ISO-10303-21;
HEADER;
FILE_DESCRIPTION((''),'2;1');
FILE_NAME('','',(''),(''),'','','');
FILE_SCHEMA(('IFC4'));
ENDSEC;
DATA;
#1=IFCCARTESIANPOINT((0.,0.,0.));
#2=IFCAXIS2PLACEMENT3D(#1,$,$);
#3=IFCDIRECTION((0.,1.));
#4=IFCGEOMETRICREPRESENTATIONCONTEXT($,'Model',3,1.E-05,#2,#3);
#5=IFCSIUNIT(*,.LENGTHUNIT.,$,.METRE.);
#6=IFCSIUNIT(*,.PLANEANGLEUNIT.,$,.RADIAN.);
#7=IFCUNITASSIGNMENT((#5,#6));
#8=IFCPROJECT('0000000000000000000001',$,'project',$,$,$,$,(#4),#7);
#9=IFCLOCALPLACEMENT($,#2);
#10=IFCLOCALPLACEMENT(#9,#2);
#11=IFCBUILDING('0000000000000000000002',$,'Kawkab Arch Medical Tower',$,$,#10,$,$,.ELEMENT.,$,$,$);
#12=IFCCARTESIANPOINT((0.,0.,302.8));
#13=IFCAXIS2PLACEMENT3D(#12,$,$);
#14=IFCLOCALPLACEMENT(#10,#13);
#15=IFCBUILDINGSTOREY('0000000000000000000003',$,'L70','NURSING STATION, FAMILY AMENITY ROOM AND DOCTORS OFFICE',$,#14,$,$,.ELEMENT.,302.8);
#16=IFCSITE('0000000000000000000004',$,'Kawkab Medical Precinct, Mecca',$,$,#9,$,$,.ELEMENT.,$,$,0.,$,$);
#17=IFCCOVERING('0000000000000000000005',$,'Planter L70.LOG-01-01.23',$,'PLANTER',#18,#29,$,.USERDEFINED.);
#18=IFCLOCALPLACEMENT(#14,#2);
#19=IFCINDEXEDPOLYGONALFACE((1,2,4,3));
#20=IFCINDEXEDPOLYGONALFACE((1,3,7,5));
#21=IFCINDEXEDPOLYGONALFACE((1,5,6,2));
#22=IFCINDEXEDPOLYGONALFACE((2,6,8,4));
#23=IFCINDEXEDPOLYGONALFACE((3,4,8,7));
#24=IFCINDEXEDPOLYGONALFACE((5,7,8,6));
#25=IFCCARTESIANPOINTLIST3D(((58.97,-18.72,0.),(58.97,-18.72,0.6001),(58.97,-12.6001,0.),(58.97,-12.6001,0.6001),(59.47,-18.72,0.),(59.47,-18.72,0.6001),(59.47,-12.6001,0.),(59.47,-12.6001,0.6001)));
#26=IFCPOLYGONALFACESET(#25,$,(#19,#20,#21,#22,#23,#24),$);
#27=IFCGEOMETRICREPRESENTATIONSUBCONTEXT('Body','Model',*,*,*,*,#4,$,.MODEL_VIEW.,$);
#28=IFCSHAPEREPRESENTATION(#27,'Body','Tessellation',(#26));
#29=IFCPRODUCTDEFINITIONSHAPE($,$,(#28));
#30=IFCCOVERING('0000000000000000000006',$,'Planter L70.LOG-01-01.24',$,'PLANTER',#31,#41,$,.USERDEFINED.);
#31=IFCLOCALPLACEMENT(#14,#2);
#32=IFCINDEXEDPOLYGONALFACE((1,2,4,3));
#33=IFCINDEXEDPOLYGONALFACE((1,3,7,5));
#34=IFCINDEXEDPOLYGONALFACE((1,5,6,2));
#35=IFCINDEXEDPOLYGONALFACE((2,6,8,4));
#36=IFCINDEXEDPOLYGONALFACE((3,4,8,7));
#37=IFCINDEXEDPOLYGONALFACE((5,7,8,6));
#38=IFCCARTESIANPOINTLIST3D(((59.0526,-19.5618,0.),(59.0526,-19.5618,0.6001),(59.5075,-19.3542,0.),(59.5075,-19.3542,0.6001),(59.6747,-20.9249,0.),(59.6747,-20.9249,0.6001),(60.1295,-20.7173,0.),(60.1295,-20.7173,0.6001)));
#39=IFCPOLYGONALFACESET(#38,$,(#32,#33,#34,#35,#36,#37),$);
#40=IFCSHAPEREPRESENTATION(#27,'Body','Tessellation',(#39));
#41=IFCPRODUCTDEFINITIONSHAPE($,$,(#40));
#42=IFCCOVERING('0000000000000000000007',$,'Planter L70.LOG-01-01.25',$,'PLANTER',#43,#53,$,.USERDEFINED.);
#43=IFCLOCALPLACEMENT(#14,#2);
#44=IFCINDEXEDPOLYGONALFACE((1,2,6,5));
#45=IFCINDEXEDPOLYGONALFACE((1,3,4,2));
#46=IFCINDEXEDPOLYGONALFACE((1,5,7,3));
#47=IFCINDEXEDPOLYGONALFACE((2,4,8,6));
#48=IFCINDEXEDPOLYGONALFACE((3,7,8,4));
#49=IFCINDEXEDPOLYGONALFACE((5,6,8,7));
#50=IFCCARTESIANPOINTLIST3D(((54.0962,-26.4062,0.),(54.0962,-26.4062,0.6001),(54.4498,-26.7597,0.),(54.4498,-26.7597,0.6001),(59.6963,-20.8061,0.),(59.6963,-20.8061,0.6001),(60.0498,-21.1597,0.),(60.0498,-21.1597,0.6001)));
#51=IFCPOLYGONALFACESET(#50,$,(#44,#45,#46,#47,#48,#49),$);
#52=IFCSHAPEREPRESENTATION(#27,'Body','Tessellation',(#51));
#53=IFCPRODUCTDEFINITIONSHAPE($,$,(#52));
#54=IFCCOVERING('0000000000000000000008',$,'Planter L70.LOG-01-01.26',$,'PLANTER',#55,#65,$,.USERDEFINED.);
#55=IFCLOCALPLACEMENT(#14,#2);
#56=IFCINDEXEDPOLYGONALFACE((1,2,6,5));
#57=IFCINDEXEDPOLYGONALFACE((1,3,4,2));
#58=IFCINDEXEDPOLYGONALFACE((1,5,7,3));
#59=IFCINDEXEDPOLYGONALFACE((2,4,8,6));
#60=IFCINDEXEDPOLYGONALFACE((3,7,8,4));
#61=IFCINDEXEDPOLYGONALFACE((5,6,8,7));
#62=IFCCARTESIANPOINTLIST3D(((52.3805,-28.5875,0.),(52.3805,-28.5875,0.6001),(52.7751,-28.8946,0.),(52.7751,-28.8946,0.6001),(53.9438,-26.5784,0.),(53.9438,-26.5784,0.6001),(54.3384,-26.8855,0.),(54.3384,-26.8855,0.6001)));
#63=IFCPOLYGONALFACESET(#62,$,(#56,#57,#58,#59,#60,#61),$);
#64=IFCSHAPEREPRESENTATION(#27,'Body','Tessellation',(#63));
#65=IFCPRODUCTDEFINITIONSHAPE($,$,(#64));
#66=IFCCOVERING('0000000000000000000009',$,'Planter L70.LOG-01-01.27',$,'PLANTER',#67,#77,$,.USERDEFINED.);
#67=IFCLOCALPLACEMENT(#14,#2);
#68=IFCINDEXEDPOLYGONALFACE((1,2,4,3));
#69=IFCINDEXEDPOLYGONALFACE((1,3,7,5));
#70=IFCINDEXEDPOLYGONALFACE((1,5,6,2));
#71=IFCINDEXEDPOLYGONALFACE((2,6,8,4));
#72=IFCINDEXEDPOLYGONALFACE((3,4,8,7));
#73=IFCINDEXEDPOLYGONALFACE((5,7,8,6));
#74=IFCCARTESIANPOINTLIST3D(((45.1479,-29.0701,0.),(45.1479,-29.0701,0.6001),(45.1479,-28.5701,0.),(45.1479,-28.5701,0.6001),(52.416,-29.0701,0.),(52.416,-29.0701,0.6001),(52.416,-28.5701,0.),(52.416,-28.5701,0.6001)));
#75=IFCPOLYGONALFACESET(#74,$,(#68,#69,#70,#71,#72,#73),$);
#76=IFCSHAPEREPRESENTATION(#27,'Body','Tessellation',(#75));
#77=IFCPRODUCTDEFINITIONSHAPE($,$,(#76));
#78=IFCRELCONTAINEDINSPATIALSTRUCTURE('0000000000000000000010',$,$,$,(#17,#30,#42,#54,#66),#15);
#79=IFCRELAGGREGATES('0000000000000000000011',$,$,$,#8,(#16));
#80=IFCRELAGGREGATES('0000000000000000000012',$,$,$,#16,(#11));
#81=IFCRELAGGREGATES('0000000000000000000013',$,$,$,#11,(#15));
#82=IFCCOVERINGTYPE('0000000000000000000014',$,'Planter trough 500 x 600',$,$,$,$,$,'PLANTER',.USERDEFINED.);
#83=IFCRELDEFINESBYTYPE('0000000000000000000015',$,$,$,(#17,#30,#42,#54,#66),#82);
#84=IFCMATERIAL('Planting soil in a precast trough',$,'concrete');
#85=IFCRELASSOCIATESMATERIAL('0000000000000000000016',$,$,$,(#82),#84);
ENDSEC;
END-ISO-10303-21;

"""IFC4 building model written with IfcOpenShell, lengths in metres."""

from ifc_helpers import new_model, si_unit, direction, frame, origin, origin_2d, place, context, subcontext, project, spatial, rectangle, extrude, material, material_profile, profile_set, type_object, element, save


model = new_model("IFC4")

# Units and contexts
model_context = context("Model", 3, precision=1e-05, world=origin(), true_north=direction((0.0, 1.0)))
body_context = subcontext(model_context, "Body", "Model", "MODEL_VIEW")
ifc_project = project(units=[si_unit("LENGTHUNIT", "METRE"), si_unit("PLANEANGLEUNIT", "RADIAN")], contexts=[model_context])

# Site, building, storey
site_placement = place(None, origin())
site = spatial("IfcSite", under=ifc_project, at=site_placement, Name="Kawkab Medical Precinct, Mecca", CompositionType="ELEMENT", RefElevation=0.0)
building_placement = place(site_placement, origin())
building = spatial("IfcBuilding", under=site, at=building_placement, Name="Kawkab Arch Medical Tower", CompositionType="ELEMENT")
storey_placement = place(building_placement, frame((0.0, 0.0, 302.8)))
storey = spatial("IfcBuildingStorey", under=building, at=storey_placement, Name="L70", Description="NURSING STATION, FAMILY AMENITY ROOM AND DOCTORS OFFICE", CompositionType="ELEMENT", Elevation=302.8)

# Coverings
ifc_material_1 = material(Name="Planting soil in a precast trough", Category="concrete")
ifc_material_profile_1 = material_profile(ifc_material_1, rectangle(XDim=0.5, YDim=0.6001, at=origin_2d()), Name="Trough 500x600")
ifc_profile_set_1 = profile_set([ifc_material_profile_1], Name="Planting soil in a precast trough")
covering_type = type_object("IfcCoveringType", Name="Planter trough 500 x 600", ElementType="PLANTER", PredefinedType="USERDEFINED", material=ifc_profile_set_1)
covering_1_placement = place(storey_placement, frame((59.22, -12.6001, 0.3), z_axis=(0.0, -1.0, 0.0), x_axis=(1.0, 0.0, 0.0)))
element("IfcCovering", 1, at=covering_1_placement, inside=storey, type_object=covering_type, Name="Planter L70.LOG-01-01.23", ObjectType="PLANTER", PredefinedType="USERDEFINED", context=body_context, shape_type="SweptSolid", body=[
    extrude(rectangle(XDim=0.5, YDim=0.6001, at=origin_2d()), origin(), (0.0, 0.0, 1.0), 6.1199),
])
covering_2_placement = place(storey_placement, frame((59.28, -19.458, 0.3), z_axis=(0.41519, -0.909735, 0.0), x_axis=(0.909735, 0.41519, 0.0)))
element("IfcCovering", 2, at=covering_2_placement, inside=storey, type_object=covering_type, Name="Planter L70.LOG-01-01.24", ObjectType="PLANTER", PredefinedType="USERDEFINED", context=body_context, shape_type="SweptSolid", body=[
    extrude(rectangle(XDim=0.5, YDim=0.6001, at=origin_2d()), origin(), (0.0, 0.0, 1.0), 1.4983),
])
covering_3_placement = place(storey_placement, frame((59.873, -20.9829, 0.3), z_axis=(-0.707107, -0.707107, 0.0), x_axis=(0.707107, -0.707107, 0.0)))
element("IfcCovering", 3, at=covering_3_placement, inside=storey, type_object=covering_type, Name="Planter L70.LOG-01-01.25", ObjectType="PLANTER", PredefinedType="USERDEFINED", context=body_context, shape_type="SweptSolid", body=[
    extrude(rectangle(XDim=0.5, YDim=0.6001, at=origin_2d()), origin(), (0.0, 0.0, 1.0), 7.9197),
])
covering_4_placement = place(storey_placement, frame((54.1411, -26.7319, 0.3), z_axis=(-0.6141, -0.789228, 0.0), x_axis=(0.789228, -0.6141, 0.0)))
element("IfcCovering", 4, at=covering_4_placement, inside=storey, type_object=covering_type, Name="Planter L70.LOG-01-01.26", ObjectType="PLANTER", PredefinedType="USERDEFINED", context=body_context, shape_type="SweptSolid", body=[
    extrude(rectangle(XDim=0.5, YDim=0.6001, at=origin_2d()), origin(), (0.0, 0.0, 1.0), 2.5457),
])
covering_5_placement = place(storey_placement, frame((52.416, -28.8201, 0.3), z_axis=(-1.0, 0.0, 0.0), x_axis=(0.0, -1.0, 0.0)))
element("IfcCovering", 5, at=covering_5_placement, inside=storey, type_object=covering_type, Name="Planter L70.LOG-01-01.27", ObjectType="PLANTER", PredefinedType="USERDEFINED", context=body_context, shape_type="SweptSolid", body=[
    extrude(rectangle(XDim=0.5, YDim=0.6001, at=origin_2d()), origin(), (0.0, 0.0, 1.0), 7.2681),
])

save(model, "model.ifc")
